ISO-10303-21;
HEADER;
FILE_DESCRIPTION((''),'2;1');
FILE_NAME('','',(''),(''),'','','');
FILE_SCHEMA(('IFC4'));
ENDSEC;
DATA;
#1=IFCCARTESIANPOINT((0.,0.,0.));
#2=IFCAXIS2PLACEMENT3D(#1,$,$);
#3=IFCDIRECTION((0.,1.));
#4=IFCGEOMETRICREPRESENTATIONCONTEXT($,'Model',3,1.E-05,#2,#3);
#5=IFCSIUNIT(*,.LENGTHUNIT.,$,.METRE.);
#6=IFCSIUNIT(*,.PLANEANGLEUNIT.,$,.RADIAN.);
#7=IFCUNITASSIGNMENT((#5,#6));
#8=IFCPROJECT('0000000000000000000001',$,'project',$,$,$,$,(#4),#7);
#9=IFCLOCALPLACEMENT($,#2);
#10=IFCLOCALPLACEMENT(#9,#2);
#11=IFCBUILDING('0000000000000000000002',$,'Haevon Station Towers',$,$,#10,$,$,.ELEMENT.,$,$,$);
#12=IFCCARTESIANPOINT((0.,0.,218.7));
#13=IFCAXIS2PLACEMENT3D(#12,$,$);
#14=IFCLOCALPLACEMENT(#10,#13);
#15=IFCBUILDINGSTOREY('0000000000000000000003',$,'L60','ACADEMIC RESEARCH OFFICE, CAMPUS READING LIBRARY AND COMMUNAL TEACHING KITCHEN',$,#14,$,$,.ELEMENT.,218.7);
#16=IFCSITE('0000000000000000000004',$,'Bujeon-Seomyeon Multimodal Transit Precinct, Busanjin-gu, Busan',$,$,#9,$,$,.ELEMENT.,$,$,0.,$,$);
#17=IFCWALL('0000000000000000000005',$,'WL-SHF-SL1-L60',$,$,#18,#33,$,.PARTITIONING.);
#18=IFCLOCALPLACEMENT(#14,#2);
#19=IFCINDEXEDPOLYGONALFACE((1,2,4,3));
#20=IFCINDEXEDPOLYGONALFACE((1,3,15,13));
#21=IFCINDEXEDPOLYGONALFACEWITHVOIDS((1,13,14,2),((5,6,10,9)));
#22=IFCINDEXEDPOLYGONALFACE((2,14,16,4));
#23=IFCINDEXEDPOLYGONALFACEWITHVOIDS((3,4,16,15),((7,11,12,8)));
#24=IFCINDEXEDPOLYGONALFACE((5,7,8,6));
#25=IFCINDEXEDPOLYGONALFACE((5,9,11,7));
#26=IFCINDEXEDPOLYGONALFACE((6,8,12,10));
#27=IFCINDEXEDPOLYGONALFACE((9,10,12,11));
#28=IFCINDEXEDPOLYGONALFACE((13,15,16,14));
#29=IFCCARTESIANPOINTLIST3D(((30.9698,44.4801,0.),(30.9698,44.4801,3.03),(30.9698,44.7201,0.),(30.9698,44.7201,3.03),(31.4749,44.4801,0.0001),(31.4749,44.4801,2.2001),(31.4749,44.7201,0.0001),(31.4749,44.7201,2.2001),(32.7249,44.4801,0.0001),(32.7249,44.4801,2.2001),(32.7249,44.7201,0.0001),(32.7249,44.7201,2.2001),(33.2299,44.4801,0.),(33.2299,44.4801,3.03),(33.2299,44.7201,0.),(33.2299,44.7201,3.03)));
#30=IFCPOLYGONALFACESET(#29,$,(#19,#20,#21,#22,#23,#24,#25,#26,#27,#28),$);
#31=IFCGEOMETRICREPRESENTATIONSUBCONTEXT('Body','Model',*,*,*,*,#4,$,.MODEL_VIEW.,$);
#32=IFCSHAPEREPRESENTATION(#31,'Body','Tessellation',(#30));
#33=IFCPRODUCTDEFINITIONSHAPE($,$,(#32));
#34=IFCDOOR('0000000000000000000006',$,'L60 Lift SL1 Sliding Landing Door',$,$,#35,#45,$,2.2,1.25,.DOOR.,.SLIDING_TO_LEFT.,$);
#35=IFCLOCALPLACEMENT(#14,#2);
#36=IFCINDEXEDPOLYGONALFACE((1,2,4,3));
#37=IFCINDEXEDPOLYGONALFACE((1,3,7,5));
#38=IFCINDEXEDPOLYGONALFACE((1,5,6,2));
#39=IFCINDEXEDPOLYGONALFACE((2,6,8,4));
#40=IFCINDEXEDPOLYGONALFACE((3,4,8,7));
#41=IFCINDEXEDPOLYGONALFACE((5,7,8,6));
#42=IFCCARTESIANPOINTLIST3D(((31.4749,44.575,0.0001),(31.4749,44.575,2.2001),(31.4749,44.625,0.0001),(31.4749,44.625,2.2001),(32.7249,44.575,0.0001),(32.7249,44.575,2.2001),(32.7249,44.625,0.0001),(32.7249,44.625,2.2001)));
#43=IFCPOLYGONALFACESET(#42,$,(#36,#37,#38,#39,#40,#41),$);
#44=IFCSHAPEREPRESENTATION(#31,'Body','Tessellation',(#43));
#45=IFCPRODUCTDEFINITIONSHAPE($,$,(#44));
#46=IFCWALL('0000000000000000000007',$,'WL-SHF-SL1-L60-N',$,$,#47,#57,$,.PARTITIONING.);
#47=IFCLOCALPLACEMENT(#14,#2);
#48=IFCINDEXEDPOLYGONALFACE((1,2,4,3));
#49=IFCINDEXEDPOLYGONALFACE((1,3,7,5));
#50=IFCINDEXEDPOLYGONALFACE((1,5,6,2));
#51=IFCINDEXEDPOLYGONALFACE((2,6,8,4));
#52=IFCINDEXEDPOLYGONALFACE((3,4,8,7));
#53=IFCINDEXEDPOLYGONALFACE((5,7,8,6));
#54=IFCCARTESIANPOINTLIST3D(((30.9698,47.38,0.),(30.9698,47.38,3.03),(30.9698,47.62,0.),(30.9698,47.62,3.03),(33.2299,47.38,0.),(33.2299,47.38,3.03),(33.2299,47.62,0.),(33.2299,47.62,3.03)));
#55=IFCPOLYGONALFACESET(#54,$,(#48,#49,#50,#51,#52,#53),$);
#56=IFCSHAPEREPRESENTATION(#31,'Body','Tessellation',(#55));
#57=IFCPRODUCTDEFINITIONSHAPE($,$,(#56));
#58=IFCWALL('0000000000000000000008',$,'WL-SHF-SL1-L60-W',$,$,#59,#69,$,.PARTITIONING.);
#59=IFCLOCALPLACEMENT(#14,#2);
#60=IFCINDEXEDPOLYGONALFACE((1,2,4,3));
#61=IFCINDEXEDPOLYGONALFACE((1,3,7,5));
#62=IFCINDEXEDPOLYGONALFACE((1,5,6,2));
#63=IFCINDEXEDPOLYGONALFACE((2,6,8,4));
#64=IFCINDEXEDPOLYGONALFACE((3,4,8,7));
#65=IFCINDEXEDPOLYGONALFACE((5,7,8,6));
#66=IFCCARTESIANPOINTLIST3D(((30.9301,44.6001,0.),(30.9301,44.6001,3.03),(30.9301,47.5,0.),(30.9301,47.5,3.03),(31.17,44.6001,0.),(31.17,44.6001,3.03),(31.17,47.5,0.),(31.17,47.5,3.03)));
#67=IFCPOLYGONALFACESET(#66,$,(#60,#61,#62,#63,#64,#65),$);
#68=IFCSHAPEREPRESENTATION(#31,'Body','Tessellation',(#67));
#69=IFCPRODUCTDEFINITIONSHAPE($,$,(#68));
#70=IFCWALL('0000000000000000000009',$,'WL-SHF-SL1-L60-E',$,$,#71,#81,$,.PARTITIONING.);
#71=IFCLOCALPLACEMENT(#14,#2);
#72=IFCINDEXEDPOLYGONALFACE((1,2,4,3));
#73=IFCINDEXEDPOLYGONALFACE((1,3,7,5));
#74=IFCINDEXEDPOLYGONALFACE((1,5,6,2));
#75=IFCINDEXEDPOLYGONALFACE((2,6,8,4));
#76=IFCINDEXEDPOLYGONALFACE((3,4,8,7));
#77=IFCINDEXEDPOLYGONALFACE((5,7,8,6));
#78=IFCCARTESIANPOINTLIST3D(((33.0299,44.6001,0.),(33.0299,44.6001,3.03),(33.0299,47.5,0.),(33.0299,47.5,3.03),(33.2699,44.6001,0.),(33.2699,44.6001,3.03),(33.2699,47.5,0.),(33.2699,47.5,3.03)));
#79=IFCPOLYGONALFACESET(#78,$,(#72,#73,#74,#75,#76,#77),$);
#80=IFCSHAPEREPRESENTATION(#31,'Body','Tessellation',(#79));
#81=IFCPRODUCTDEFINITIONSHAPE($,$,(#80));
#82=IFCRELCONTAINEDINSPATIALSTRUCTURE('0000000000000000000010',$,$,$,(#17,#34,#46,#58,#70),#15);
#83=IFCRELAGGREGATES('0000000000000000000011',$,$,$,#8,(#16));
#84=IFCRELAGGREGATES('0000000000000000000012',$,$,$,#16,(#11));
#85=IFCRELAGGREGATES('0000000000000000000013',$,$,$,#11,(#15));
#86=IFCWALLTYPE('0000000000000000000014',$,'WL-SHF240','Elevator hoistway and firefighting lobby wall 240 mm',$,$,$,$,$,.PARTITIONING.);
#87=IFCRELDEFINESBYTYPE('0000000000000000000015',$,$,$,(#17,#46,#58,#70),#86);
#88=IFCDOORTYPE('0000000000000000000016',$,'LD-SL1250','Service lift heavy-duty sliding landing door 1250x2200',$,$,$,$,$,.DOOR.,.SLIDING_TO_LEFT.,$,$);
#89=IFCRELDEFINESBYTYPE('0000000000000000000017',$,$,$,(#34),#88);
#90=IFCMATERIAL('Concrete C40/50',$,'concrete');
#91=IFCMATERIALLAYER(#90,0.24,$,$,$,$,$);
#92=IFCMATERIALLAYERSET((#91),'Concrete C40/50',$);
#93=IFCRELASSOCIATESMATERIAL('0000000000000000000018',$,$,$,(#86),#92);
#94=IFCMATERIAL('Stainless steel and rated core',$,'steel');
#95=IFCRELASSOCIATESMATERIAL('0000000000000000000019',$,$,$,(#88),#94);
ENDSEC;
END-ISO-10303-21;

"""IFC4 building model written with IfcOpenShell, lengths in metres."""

from ifc_helpers import new_model, si_unit, direction, frame, frame_2d, origin, place, context, subcontext, project, spatial, rectangle, extrude, material, layer, layer_set, type_object, element, fill, save


model = new_model("IFC4")

# Units and contexts
model_context = context("Model", 3, precision=1e-05, world=origin(), true_north=direction((0.0, 1.0)))
body_context = subcontext(model_context, "Body", "Model", "MODEL_VIEW")
ifc_project = project(units=[si_unit("LENGTHUNIT", "METRE"), si_unit("PLANEANGLEUNIT", "RADIAN")], contexts=[model_context])

# Site, building, storey
site_placement = place(None, origin())
site = spatial("IfcSite", under=ifc_project, at=site_placement, Name="Bujeon-Seomyeon Multimodal Transit Precinct, Busanjin-gu, Busan", CompositionType="ELEMENT", RefElevation=0.0)
building_placement = place(site_placement, origin())
building = spatial("IfcBuilding", under=site, at=building_placement, Name="Haevon Station Towers", CompositionType="ELEMENT")
storey_placement = place(building_placement, frame((0.0, 0.0, 218.7)))
storey = spatial("IfcBuildingStorey", under=building, at=storey_placement, Name="L60", Description="ACADEMIC RESEARCH OFFICE, CAMPUS READING LIBRARY AND COMMUNAL TEACHING KITCHEN", CompositionType="ELEMENT", Elevation=218.7)

# Shared definitions
ifc_material_1 = material(Name="Concrete C40/50", Category="concrete")
ifc_layer_1 = layer(ifc_material_1, 0.24)
ifc_layer_set_1 = layer_set([ifc_layer_1], Name="Concrete C40/50")
wall_type_1 = type_object("IfcWallType", Name="WL-SHF240", Description="Elevator hoistway and firefighting lobby wall 240 mm", PredefinedType="PARTITIONING", material=ifc_layer_set_1)

# Wall, opening, door
wall_1_placement = place(storey_placement, frame((30.97, 44.6001, 0.0), z_axis=(0.0, 0.0, 1.0), x_axis=(1.0, 0.0, 0.0)))
wall_1 = element("IfcWall", 1, at=wall_1_placement, inside=storey, type_object=wall_type_1, Name="WL-SHF-SL1-L60", PredefinedType="PARTITIONING", context=body_context, shape_type="SweptSolid", body=[
    extrude(rectangle(XDim=2.26, YDim=0.24, at=frame_2d((1.1299, 0.0))), origin(), (0.0, 0.0, 1.0), 3.03),
])
opening_1_placement = place(wall_1_placement, frame((0.5049, 0.0, 0.0)))
opening_1 = element("IfcOpeningElement", 2, at=opening_1_placement, cuts=wall_1, PredefinedType="OPENING", context=body_context, shape_type="SweptSolid", body=[
    extrude(rectangle(XDim=1.25, YDim=2.2, at=frame_2d((0.625, 1.1001))), frame((0.0, 0.1299, 0.0), z_axis=(0.0, -1.0, 0.0), x_axis=(1.0, 0.0, 0.0)), (0.0, 0.0, 1.0), 0.26),
])
ifc_material_2 = material(Name="Stainless steel and rated core", Category="steel")
door_type_1 = type_object("IfcDoorType", Name="LD-SL1250", Description="Service lift heavy-duty sliding landing door 1250x2200", OperationType="SLIDING_TO_LEFT", PredefinedType="DOOR", material=ifc_material_2)
door_1_placement = place(opening_1_placement, origin())
door_1 = element("IfcDoor", 3, at=door_1_placement, inside=storey, type_object=door_type_1, Name="L60 Lift SL1 Sliding Landing Door", OperationType="SLIDING_TO_LEFT", OverallHeight=2.2, OverallWidth=1.25, PredefinedType="DOOR", context=body_context, shape_type="SweptSolid", body=[
    extrude(rectangle(XDim=1.25, YDim=2.2, at=frame_2d((0.625, 1.1001))), frame((0.0, 0.0249, 0.0), z_axis=(0.0, -1.0, 0.0), x_axis=(1.0, 0.0, 0.0)), (0.0, 0.0, 1.0), 0.05),
])
fill(opening_1, door_1)

# Walls
wall_2_placement = place(storey_placement, frame((30.97, 47.5, 0.0), z_axis=(0.0, 0.0, 1.0), x_axis=(1.0, 0.0, 0.0)))
element("IfcWall", 4, at=wall_2_placement, inside=storey, type_object=wall_type_1, Name="WL-SHF-SL1-L60-N", PredefinedType="PARTITIONING", context=body_context, shape_type="SweptSolid", body=[
    extrude(rectangle(XDim=2.26, YDim=0.24, at=frame_2d((1.1299, 0.0))), origin(), (0.0, 0.0, 1.0), 3.03),
])
for number, where, z_axis, x_axis, name in (
    (5, (31.05, 44.6001, 0.0), (0.0, 0.0, 1.0), (0.0, 1.0, 0.0), "WL-SHF-SL1-L60-W"),
    (6, (33.1499, 44.6001, 0.0), (0.0, 0.0, 1.0), (0.0, 1.0, 0.0), "WL-SHF-SL1-L60-E"),
):
    element("IfcWall", number, at=place(storey_placement, frame(where, z_axis=z_axis, x_axis=x_axis)), inside=storey, type_object=wall_type_1, Name=name, PredefinedType="PARTITIONING", context=body_context, shape_type="SweptSolid", body=[
        extrude(rectangle(XDim=2.8999, YDim=0.24, at=frame_2d((1.45, 0.0))), origin(), (0.0, 0.0, 1.0), 3.03),
    ])

save(model, "model.ifc")
